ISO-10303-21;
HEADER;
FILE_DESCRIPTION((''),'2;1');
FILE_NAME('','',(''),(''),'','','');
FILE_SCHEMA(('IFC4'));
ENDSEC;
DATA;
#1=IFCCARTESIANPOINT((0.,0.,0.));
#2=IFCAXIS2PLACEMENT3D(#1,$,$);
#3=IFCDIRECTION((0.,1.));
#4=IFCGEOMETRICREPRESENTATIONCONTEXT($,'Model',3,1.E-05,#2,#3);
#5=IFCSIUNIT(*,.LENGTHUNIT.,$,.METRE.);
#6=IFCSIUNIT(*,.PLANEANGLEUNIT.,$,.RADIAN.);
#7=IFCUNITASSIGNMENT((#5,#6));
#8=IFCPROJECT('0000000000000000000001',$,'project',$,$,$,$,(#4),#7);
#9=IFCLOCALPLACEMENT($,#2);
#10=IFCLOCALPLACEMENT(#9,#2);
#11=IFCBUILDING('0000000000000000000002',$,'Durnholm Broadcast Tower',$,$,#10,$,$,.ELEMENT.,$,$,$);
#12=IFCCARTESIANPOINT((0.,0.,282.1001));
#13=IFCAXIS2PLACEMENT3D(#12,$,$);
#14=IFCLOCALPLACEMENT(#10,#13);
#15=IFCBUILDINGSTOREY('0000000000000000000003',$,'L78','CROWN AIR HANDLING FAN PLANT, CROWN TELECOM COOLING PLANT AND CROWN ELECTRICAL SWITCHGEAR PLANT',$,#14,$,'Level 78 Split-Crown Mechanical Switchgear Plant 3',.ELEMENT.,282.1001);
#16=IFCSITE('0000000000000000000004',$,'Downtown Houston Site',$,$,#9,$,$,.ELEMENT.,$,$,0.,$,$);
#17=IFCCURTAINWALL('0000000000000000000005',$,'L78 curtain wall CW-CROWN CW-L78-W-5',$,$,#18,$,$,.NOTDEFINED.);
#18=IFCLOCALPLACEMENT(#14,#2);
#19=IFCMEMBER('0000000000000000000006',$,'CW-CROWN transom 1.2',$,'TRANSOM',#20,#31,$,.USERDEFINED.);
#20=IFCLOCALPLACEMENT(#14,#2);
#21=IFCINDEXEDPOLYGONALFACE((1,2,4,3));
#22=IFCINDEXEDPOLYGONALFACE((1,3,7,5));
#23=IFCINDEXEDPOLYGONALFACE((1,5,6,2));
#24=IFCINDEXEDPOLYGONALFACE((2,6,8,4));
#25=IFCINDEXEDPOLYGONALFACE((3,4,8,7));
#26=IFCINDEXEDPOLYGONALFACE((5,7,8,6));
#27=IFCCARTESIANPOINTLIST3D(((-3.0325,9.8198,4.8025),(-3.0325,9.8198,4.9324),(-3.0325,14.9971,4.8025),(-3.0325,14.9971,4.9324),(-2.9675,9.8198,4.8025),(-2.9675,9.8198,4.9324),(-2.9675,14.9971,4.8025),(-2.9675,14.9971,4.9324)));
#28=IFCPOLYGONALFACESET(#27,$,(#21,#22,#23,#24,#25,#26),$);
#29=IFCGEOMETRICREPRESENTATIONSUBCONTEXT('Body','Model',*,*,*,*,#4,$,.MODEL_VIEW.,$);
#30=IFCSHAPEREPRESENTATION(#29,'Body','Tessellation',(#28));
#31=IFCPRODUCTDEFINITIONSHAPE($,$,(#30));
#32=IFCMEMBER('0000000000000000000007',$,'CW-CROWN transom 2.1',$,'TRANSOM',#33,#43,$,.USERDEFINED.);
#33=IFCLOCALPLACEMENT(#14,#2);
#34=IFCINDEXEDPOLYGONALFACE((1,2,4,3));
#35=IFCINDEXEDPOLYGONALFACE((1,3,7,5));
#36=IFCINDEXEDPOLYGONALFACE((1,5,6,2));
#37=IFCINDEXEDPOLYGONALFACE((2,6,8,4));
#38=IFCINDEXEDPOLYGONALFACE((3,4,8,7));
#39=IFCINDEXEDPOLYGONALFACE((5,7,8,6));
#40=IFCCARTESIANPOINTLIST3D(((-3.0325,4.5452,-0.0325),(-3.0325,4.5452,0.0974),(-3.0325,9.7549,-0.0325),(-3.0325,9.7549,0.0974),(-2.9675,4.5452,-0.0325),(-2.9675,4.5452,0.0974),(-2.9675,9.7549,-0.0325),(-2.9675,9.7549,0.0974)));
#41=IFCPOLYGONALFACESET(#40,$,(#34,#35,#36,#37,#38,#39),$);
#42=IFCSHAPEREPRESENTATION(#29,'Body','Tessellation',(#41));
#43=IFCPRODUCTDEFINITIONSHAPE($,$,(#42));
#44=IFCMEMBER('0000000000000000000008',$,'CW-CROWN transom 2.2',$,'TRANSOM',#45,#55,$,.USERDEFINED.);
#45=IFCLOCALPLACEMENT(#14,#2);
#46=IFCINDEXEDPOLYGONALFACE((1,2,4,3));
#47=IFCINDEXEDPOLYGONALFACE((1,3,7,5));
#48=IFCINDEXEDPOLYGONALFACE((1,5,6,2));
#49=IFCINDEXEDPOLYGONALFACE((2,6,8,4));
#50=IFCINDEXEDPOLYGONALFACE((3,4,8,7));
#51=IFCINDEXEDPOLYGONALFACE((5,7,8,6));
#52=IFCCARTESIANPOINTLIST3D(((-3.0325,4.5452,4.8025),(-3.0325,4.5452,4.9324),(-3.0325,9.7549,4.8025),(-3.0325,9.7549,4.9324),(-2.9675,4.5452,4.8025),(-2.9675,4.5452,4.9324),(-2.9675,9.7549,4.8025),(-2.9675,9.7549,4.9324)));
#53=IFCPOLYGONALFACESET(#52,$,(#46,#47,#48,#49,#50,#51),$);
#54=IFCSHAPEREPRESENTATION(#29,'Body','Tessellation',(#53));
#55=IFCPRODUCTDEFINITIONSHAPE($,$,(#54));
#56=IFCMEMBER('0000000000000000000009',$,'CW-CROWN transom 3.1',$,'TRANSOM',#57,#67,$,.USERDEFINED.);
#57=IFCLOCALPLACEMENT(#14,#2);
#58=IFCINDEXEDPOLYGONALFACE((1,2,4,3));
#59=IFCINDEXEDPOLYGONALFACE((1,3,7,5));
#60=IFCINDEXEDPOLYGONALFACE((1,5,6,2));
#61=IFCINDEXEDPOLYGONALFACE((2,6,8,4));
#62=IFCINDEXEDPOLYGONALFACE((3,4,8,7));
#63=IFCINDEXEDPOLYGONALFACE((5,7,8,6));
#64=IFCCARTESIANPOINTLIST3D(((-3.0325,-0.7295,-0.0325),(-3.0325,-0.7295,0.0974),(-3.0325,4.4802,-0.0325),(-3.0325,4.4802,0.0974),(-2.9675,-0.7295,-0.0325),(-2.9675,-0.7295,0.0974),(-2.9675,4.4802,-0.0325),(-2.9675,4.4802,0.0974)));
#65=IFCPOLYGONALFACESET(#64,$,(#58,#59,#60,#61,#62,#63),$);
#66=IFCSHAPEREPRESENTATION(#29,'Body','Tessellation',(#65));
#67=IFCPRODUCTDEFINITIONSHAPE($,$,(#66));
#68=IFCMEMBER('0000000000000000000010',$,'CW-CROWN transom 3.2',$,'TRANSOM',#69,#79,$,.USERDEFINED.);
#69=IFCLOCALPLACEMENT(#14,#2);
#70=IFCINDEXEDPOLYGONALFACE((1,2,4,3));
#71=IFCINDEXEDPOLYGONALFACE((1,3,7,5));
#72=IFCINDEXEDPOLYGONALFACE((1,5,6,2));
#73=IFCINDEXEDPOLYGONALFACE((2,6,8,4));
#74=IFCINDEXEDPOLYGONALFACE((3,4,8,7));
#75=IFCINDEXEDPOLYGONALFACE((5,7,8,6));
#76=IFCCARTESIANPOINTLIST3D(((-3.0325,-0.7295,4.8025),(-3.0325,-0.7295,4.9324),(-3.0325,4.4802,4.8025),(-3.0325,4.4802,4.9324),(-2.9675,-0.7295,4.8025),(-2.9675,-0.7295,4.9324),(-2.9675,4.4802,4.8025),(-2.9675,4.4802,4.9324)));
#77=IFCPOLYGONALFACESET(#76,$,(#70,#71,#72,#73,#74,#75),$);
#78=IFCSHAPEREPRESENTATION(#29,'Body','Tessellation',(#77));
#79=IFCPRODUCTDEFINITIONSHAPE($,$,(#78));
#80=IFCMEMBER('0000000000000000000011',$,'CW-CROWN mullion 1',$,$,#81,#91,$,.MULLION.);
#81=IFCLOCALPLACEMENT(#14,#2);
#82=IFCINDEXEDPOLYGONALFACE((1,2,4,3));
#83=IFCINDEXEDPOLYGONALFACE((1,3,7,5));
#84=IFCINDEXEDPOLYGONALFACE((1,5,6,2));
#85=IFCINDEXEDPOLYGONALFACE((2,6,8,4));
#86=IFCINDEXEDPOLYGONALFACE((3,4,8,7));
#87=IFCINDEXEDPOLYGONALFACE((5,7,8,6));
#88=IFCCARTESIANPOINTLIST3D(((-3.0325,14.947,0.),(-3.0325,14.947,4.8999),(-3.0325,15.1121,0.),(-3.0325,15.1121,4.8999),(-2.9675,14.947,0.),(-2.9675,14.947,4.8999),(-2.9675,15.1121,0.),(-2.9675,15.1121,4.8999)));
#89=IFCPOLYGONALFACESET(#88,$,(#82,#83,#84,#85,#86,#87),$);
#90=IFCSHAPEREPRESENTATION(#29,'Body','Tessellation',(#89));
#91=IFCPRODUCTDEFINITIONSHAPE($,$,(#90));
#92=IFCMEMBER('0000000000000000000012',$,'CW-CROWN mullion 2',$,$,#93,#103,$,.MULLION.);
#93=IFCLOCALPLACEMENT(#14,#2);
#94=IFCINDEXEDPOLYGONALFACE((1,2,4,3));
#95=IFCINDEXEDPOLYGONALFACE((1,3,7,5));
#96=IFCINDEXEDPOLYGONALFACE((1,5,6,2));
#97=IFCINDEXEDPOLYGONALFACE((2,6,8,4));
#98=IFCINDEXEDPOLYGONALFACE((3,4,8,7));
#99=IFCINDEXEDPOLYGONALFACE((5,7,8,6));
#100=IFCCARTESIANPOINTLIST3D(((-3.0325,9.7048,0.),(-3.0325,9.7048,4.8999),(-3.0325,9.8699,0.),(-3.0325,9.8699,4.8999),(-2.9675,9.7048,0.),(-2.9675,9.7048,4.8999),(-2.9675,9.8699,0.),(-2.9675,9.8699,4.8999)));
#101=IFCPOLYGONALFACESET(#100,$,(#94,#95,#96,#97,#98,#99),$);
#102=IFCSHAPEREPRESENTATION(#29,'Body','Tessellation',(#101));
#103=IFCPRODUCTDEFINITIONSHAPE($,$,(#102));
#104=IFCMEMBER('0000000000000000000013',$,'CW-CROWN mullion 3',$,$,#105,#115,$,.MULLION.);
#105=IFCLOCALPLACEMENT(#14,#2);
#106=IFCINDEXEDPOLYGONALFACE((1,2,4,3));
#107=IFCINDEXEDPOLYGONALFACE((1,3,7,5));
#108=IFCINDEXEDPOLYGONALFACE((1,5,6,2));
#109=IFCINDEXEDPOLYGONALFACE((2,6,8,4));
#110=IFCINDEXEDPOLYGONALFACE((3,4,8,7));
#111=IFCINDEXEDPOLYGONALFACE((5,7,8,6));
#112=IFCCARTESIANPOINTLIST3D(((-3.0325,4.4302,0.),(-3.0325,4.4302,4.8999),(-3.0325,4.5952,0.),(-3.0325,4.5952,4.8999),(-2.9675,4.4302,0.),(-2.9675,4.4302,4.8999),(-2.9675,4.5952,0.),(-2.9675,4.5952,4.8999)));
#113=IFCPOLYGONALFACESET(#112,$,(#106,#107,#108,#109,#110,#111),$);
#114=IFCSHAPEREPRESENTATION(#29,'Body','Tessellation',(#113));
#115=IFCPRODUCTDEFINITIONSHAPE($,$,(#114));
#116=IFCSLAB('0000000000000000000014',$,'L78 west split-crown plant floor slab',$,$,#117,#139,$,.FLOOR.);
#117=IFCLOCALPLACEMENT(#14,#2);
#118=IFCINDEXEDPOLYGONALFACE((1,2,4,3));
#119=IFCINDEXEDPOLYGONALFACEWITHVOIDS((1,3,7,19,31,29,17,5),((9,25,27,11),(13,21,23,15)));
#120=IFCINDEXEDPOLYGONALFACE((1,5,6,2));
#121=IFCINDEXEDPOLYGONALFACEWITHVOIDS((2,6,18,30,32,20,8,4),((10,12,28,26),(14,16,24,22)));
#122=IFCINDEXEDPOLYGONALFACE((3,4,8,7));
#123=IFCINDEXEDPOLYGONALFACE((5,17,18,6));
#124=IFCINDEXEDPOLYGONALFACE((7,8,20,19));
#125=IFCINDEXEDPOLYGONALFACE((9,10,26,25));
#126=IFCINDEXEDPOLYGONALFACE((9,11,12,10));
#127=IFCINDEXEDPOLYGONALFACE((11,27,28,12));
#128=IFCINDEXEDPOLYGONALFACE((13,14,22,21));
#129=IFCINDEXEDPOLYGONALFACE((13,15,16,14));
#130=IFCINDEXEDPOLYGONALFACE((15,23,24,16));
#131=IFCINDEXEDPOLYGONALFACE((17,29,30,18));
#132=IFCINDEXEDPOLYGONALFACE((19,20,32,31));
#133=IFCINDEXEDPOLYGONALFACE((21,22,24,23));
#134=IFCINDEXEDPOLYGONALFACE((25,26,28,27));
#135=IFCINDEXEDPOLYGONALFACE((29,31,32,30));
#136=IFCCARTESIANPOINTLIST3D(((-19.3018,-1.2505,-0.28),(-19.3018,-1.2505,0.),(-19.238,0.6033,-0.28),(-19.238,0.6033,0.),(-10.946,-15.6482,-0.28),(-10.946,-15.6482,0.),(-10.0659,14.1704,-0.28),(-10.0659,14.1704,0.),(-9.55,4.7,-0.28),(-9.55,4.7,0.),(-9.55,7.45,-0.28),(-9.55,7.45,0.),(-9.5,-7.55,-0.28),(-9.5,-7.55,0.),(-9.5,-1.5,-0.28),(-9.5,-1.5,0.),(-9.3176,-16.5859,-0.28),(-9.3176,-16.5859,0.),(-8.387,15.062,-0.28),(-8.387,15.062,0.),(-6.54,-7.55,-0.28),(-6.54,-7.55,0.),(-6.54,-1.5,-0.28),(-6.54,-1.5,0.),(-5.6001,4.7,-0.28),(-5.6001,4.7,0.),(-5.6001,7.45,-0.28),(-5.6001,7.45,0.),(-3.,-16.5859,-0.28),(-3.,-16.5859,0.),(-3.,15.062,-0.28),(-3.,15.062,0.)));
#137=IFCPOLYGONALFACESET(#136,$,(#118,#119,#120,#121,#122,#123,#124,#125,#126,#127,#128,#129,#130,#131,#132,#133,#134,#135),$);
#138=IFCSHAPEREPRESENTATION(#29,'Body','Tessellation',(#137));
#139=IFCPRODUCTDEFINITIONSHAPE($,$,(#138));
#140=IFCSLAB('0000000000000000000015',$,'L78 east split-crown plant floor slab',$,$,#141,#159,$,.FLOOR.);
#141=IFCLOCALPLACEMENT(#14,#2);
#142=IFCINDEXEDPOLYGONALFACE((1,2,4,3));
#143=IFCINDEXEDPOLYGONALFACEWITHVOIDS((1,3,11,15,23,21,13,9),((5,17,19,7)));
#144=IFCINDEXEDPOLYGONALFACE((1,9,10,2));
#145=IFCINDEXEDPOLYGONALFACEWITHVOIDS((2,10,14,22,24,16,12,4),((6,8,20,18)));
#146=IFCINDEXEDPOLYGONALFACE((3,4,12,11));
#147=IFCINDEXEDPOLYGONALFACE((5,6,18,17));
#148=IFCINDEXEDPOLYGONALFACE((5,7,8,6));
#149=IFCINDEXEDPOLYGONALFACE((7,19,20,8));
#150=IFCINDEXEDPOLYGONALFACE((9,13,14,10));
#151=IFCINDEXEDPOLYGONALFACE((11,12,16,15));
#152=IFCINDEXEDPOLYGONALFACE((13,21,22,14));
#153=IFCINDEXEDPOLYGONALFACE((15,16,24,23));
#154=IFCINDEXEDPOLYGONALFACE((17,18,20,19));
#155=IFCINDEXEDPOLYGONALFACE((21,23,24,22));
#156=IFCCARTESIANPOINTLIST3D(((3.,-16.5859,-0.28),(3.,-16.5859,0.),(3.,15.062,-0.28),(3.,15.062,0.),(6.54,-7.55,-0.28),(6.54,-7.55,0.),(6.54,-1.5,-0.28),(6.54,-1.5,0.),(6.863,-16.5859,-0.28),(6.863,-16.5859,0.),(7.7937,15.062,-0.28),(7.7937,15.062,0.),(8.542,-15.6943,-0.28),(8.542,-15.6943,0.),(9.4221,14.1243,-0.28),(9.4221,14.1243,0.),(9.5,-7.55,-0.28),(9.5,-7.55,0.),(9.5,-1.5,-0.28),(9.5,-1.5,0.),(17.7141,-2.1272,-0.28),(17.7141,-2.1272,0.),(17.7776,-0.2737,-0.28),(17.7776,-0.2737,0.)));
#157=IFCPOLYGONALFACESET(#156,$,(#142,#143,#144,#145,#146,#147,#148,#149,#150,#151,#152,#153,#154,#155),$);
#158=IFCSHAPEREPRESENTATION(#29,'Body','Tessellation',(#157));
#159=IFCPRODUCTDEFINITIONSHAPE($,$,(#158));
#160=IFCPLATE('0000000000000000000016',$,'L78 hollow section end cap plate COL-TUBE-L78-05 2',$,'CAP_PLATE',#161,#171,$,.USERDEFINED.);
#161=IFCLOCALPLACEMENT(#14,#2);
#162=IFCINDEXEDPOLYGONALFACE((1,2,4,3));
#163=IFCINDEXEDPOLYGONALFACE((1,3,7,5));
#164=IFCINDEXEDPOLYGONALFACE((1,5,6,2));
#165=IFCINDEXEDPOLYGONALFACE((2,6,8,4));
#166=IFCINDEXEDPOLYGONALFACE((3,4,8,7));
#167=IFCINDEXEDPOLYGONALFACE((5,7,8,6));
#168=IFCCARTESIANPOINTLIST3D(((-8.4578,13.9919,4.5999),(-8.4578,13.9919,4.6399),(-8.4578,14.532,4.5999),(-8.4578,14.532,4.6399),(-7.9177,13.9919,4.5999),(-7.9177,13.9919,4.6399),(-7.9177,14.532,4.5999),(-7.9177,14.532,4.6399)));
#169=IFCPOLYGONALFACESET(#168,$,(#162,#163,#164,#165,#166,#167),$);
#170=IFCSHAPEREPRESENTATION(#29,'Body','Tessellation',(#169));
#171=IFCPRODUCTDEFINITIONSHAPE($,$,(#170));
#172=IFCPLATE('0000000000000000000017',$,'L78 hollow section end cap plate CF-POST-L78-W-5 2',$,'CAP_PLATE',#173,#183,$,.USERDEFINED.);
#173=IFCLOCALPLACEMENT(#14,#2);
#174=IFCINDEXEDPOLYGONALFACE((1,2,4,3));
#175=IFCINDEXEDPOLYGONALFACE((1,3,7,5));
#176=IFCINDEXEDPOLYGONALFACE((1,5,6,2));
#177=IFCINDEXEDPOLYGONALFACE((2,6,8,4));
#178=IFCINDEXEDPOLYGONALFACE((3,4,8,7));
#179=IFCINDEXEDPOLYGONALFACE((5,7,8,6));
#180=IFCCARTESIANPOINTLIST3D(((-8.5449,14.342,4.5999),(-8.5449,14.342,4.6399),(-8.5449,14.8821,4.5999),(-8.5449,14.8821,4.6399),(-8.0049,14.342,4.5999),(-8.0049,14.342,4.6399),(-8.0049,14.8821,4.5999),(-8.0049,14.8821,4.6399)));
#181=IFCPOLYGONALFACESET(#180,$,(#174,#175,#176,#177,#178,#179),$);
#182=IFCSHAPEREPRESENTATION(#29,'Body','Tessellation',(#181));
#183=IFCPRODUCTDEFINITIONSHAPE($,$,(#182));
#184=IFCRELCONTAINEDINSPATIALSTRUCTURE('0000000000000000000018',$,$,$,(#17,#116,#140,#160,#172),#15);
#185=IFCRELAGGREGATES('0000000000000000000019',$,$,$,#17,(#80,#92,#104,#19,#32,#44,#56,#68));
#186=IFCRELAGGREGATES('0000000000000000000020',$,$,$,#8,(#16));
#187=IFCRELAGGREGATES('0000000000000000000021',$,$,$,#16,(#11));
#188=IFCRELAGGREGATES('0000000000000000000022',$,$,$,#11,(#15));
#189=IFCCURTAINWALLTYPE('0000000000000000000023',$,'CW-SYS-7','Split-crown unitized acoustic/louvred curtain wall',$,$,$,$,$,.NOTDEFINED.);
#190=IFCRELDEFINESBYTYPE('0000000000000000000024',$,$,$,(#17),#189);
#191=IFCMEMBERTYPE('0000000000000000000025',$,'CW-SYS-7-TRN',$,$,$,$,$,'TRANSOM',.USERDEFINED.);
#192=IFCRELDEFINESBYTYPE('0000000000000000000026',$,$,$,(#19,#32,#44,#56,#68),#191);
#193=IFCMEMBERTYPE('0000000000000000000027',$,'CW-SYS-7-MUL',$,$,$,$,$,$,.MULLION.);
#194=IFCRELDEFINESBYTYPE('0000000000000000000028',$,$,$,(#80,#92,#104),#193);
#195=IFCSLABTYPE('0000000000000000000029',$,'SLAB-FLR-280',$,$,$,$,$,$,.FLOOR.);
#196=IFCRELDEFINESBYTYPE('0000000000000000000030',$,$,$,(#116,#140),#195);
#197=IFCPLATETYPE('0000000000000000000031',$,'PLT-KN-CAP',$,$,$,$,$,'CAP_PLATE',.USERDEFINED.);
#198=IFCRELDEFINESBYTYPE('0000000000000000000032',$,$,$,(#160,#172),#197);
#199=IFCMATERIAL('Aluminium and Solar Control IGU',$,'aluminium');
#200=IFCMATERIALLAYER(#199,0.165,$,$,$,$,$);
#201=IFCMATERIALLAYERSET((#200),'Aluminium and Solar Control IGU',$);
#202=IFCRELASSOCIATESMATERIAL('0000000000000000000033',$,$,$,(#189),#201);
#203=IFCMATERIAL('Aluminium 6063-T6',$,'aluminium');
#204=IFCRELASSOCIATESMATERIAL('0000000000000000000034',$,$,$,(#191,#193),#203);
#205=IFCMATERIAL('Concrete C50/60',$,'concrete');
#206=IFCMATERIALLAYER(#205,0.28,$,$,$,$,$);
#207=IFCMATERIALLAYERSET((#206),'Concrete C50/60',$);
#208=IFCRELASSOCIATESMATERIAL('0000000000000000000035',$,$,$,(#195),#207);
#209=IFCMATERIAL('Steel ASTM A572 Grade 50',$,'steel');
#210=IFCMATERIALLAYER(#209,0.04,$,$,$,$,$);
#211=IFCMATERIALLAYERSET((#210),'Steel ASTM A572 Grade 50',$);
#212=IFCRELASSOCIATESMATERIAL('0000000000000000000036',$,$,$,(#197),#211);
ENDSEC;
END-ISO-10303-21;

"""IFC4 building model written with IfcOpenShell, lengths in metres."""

from ifc_helpers import new_model, si_unit, direction, frame, origin, origin_2d, place, context, subcontext, project, spatial, polyline, rectangle, outline, extrude, source, transform, mapped, material, layer, layer_set, material_profile, profile_set, type_object, type_shapes, element, aggregate, save


model = new_model("IFC4")

# Units and contexts
model_context = context("Model", 3, precision=1e-05, world=origin(), true_north=direction((0.0, 1.0)))
body_context = subcontext(model_context, "Body", "Model", "MODEL_VIEW")
ifc_project = project(units=[si_unit("LENGTHUNIT", "METRE"), si_unit("PLANEANGLEUNIT", "RADIAN")], contexts=[model_context])

# Site, building, storey
site_placement = place(None, origin())
site = spatial("IfcSite", under=ifc_project, at=site_placement, Name="Downtown Houston Site", CompositionType="ELEMENT", RefElevation=0.0)
building_placement = place(site_placement, origin())
building = spatial("IfcBuilding", under=site, at=building_placement, Name="Durnholm Broadcast Tower", CompositionType="ELEMENT")
storey_placement = place(building_placement, frame((0.0, 0.0, 282.1001)))
storey = spatial("IfcBuildingStorey", under=building, at=storey_placement, Name="L78", Description="CROWN AIR HANDLING FAN PLANT, CROWN TELECOM COOLING PLANT AND CROWN ELECTRICAL SWITCHGEAR PLANT", LongName="Level 78 Split-Crown Mechanical Switchgear Plant 3", CompositionType="ELEMENT", Elevation=282.1001)

# Curtain wall, members
ifc_material_1 = material(Name="Aluminium and Solar Control IGU", Category="aluminium")
ifc_layer_1 = layer(ifc_material_1, 0.165)
ifc_layer_set_1 = layer_set([ifc_layer_1], Name="Aluminium and Solar Control IGU")
curtain_wall_type = type_object("IfcCurtainWallType", Name="CW-SYS-7", Description="Split-crown unitized acoustic/louvred curtain wall", PredefinedType="NOTDEFINED", material=ifc_layer_set_1)
curtain_wall_placement = place(storey_placement, origin())
curtain_wall = element("IfcCurtainWall", 1, at=curtain_wall_placement, inside=storey, type_object=curtain_wall_type, Name="L78 curtain wall CW-CROWN CW-L78-W-5", PredefinedType="NOTDEFINED")
ifc_material_2 = material(Name="Aluminium 6063-T6", Category="aluminium")
ifc_material_profile_1 = material_profile(ifc_material_2, rectangle(XDim=0.0649, YDim=0.1299, at=origin_2d()), Name="CWT65X130")
ifc_profile_set_1 = profile_set([ifc_material_profile_1], Name="Aluminium 6063-T6")
member_type_1 = type_object("IfcMemberType", Name="CW-SYS-7-TRN", ElementType="TRANSOM", PredefinedType="USERDEFINED", material=ifc_profile_set_1)
shared_shape_1 = source(origin(), body_context, "Body", "SweptSolid", [
    extrude(rectangle(XDim=0.0649, YDim=0.1299, at=origin_2d()), origin(), (0.0, 0.0, 1.0), 5.1772),
])
member_1_placement = place(storey_placement, frame((-3.0, 14.9971, 4.8674), z_axis=(0.0, -1.0, 0.0), x_axis=(1.0, 0.0, 0.0)))
member_1 = element("IfcMember", 2, at=member_1_placement, type_object=member_type_1, Name="CW-CROWN transom 1.2", ObjectType="TRANSOM", PredefinedType="USERDEFINED", context=body_context, shape_type="MappedRepresentation", body=[
    mapped(shared_shape_1, transform((0.0, 0.0, 0.0), x_axis=(1.0, 0.0, 0.0), y_axis=(0.0, 1.0, 0.0), z_axis=(0.0, 0.0, 1.0), scale=1.0)),
])
shared_shape_2 = source(origin(), body_context, "Body", "SweptSolid", [
    extrude(rectangle(XDim=0.0649, YDim=0.1299, at=origin_2d()), origin(), (0.0, 0.0, 1.0), 5.2097),
])
type_shapes(member_type_1, [shared_shape_1, shared_shape_2])
member_2_placement = place(storey_placement, frame((-3.0, 9.7549, 0.0325), z_axis=(0.0, -1.0, 0.0), x_axis=(1.0, 0.0, 0.0)))
member_2 = element("IfcMember", 3, at=member_2_placement, type_object=member_type_1, Name="CW-CROWN transom 2.1", ObjectType="TRANSOM", PredefinedType="USERDEFINED", context=body_context, shape_type="MappedRepresentation", body=[
    mapped(shared_shape_2, transform((0.0, 0.0, 0.0), x_axis=(1.0, 0.0, 0.0), y_axis=(0.0, 1.0, 0.0), z_axis=(0.0, 0.0, 1.0), scale=1.0)),
])
member_3_placement = place(storey_placement, frame((-3.0, 9.7549, 4.8674), z_axis=(0.0, -1.0, 0.0), x_axis=(1.0, 0.0, 0.0)))
member_3 = element("IfcMember", 4, at=member_3_placement, type_object=member_type_1, Name="CW-CROWN transom 2.2", ObjectType="TRANSOM", PredefinedType="USERDEFINED", context=body_context, shape_type="MappedRepresentation", body=[
    mapped(shared_shape_2, transform((0.0, 0.0, 0.0), x_axis=(1.0, 0.0, 0.0), y_axis=(0.0, 1.0, 0.0), z_axis=(0.0, 0.0, 1.0), scale=1.0)),
])
member_4_placement = place(storey_placement, frame((-3.0, 4.4802, 0.0325), z_axis=(0.0, -1.0, 0.0), x_axis=(1.0, 0.0, 0.0)))
member_4 = element("IfcMember", 5, at=member_4_placement, type_object=member_type_1, Name="CW-CROWN transom 3.1", ObjectType="TRANSOM", PredefinedType="USERDEFINED", context=body_context, shape_type="MappedRepresentation", body=[
    mapped(shared_shape_2, transform((0.0, 0.0, 0.0), x_axis=(1.0, 0.0, 0.0), y_axis=(0.0, 1.0, 0.0), z_axis=(0.0, 0.0, 1.0), scale=1.0)),
])
member_5_placement = place(storey_placement, frame((-3.0, 4.4802, 4.8674), z_axis=(0.0, -1.0, 0.0), x_axis=(1.0, 0.0, 0.0)))
member_5 = element("IfcMember", 6, at=member_5_placement, type_object=member_type_1, Name="CW-CROWN transom 3.2", ObjectType="TRANSOM", PredefinedType="USERDEFINED", context=body_context, shape_type="MappedRepresentation", body=[
    mapped(shared_shape_2, transform((0.0, 0.0, 0.0), x_axis=(1.0, 0.0, 0.0), y_axis=(0.0, 1.0, 0.0), z_axis=(0.0, 0.0, 1.0), scale=1.0)),
])
ifc_material_profile_2 = material_profile(ifc_material_2, rectangle(XDim=0.0649, YDim=0.165, at=origin_2d()), Name="CWM65X165")
ifc_profile_set_2 = profile_set([ifc_material_profile_2], Name="Aluminium 6063-T6")
member_type_2 = type_object("IfcMemberType", Name="CW-SYS-7-MUL", PredefinedType="MULLION", material=ifc_profile_set_2)
shared_shape_3 = source(origin(), body_context, "Body", "SweptSolid", [
    extrude(rectangle(XDim=0.0649, YDim=0.165, at=origin_2d()), origin(), (0.0, 0.0, 1.0), 4.8999),
])
type_shapes(member_type_2, [shared_shape_3])
member_6_placement = place(storey_placement, frame((-3.0, 15.0295, 0.0), z_axis=(0.0, 0.0, 1.0), x_axis=(1.0, 0.0, 0.0)))
member_6 = element("IfcMember", 7, at=member_6_placement, type_object=member_type_2, Name="CW-CROWN mullion 1", PredefinedType="MULLION", context=body_context, shape_type="MappedRepresentation", body=[
    mapped(shared_shape_3, transform((0.0, 0.0, 0.0), x_axis=(1.0, 0.0, 0.0), y_axis=(0.0, 1.0, 0.0), z_axis=(0.0, 0.0, 1.0), scale=1.0)),
])
member_7_placement = place(storey_placement, frame((-3.0, 9.7874, 0.0), z_axis=(0.0, 0.0, 1.0), x_axis=(1.0, 0.0, 0.0)))
member_7 = element("IfcMember", 8, at=member_7_placement, type_object=member_type_2, Name="CW-CROWN mullion 2", PredefinedType="MULLION", context=body_context, shape_type="MappedRepresentation", body=[
    mapped(shared_shape_3, transform((0.0, 0.0, 0.0), x_axis=(1.0, 0.0, 0.0), y_axis=(0.0, 1.0, 0.0), z_axis=(0.0, 0.0, 1.0), scale=1.0)),
])
member_8_placement = place(storey_placement, frame((-3.0, 4.5127, 0.0), z_axis=(0.0, 0.0, 1.0), x_axis=(1.0, 0.0, 0.0)))
member_8 = element("IfcMember", 9, at=member_8_placement, type_object=member_type_2, Name="CW-CROWN mullion 3", PredefinedType="MULLION", context=body_context, shape_type="MappedRepresentation", body=[
    mapped(shared_shape_3, transform((0.0, 0.0, 0.0), x_axis=(1.0, 0.0, 0.0), y_axis=(0.0, 1.0, 0.0), z_axis=(0.0, 0.0, 1.0), scale=1.0)),
])

# Slabs
ifc_material_3 = material(Name="Concrete C50/60", Category="concrete")
ifc_layer_2 = layer(ifc_material_3, 0.28)
ifc_layer_set_2 = layer_set([ifc_layer_2], Name="Concrete C50/60")
slab_type = type_object("IfcSlabType", Name="SLAB-FLR-280", PredefinedType="FLOOR", material=ifc_layer_set_2)
slab_1_placement = place(storey_placement, frame((0.0, 0.0, -0.28)))
element("IfcSlab", 10, at=slab_1_placement, inside=storey, type_object=slab_type, Name="L78 west split-crown plant floor slab", PredefinedType="FLOOR", context=body_context, shape_type="SweptSolid", body=[
    extrude(outline(polyline([(-10.946, -15.6482), (-9.3176, -16.5859), (-3.0, -16.5859), (-3.0, 15.062), (-8.387, 15.062), (-10.0659, 14.1704), (-19.238, 0.6033), (-19.3018, -1.2505), (-10.946, -15.6482)]), holes=[polyline([(-9.5, -1.5), (-9.5, -7.55), (-6.54, -7.55), (-6.54, -1.5), (-9.5, -1.5)]), polyline([(-9.55, 7.45), (-9.55, 4.7), (-5.6001, 4.7), (-5.6001, 7.45), (-9.55, 7.45)])]), origin(), (0.0, 0.0, 1.0), 0.28),
])
slab_2_placement = place(storey_placement, frame((0.0, 0.0, -0.28)))
element("IfcSlab", 11, at=slab_2_placement, inside=storey, type_object=slab_type, Name="L78 east split-crown plant floor slab", PredefinedType="FLOOR", context=body_context, shape_type="SweptSolid", body=[
    extrude(outline(polyline([(3.0, 15.062), (3.0, -16.5859), (6.863, -16.5859), (8.542, -15.6943), (17.7141, -2.1272), (17.7776, -0.2737), (9.4221, 14.1243), (7.7937, 15.062), (3.0, 15.062)]), holes=[polyline([(9.5, -1.5), (6.54, -1.5), (6.54, -7.55), (9.5, -7.55), (9.5, -1.5)])]), origin(), (0.0, 0.0, 1.0), 0.28),
])

# Plates
ifc_material_4 = material(Name="Steel ASTM A572 Grade 50", Category="steel")
ifc_layer_3 = layer(ifc_material_4, 0.04)
ifc_layer_set_3 = layer_set([ifc_layer_3], Name="Steel ASTM A572 Grade 50")
plate_type_1 = type_object("IfcPlateType", Name="PLT-KN-CAP", ElementType="CAP_PLATE", PredefinedType="USERDEFINED", material=ifc_layer_set_3)
shared_shape_4 = source(origin(), body_context, "Body", "SweptSolid", [
    extrude(rectangle(XDim=0.54, YDim=0.54, at=origin_2d()), origin(), (0.0, 0.0, 1.0), 0.04),
])
type_shapes(plate_type_1, [shared_shape_4])
for number, where, z_axis, x_axis, name in (
    (12, (-8.1877, 14.262, 4.5999), (0.0, 0.0, 1.0), (1.0, 0.0, 0.0), "L78 hollow section end cap plate COL-TUBE-L78-05 2"),
    (13, (-8.2749, 14.6121, 4.5999), (0.0, 0.0, 1.0), (1.0, 0.0, 0.0), "L78 hollow section end cap plate CF-POST-L78-W-5 2"),
):
    element("IfcPlate", number, at=place(storey_placement, frame(where, z_axis=z_axis, x_axis=x_axis)), inside=storey, type_object=plate_type_1, Name=name, ObjectType="CAP_PLATE", PredefinedType="USERDEFINED", context=body_context, shape_type="MappedRepresentation", body=[
        mapped(shared_shape_4, transform((0.0, 0.0, 0.0), x_axis=(1.0, 0.0, 0.0), y_axis=(0.0, 1.0, 0.0), z_axis=(0.0, 0.0, 1.0), scale=1.0)),
    ])

aggregate(curtain_wall, [member_6, member_7, member_8, member_1, member_2, member_3, member_4, member_5])

save(model, "model.ifc")
